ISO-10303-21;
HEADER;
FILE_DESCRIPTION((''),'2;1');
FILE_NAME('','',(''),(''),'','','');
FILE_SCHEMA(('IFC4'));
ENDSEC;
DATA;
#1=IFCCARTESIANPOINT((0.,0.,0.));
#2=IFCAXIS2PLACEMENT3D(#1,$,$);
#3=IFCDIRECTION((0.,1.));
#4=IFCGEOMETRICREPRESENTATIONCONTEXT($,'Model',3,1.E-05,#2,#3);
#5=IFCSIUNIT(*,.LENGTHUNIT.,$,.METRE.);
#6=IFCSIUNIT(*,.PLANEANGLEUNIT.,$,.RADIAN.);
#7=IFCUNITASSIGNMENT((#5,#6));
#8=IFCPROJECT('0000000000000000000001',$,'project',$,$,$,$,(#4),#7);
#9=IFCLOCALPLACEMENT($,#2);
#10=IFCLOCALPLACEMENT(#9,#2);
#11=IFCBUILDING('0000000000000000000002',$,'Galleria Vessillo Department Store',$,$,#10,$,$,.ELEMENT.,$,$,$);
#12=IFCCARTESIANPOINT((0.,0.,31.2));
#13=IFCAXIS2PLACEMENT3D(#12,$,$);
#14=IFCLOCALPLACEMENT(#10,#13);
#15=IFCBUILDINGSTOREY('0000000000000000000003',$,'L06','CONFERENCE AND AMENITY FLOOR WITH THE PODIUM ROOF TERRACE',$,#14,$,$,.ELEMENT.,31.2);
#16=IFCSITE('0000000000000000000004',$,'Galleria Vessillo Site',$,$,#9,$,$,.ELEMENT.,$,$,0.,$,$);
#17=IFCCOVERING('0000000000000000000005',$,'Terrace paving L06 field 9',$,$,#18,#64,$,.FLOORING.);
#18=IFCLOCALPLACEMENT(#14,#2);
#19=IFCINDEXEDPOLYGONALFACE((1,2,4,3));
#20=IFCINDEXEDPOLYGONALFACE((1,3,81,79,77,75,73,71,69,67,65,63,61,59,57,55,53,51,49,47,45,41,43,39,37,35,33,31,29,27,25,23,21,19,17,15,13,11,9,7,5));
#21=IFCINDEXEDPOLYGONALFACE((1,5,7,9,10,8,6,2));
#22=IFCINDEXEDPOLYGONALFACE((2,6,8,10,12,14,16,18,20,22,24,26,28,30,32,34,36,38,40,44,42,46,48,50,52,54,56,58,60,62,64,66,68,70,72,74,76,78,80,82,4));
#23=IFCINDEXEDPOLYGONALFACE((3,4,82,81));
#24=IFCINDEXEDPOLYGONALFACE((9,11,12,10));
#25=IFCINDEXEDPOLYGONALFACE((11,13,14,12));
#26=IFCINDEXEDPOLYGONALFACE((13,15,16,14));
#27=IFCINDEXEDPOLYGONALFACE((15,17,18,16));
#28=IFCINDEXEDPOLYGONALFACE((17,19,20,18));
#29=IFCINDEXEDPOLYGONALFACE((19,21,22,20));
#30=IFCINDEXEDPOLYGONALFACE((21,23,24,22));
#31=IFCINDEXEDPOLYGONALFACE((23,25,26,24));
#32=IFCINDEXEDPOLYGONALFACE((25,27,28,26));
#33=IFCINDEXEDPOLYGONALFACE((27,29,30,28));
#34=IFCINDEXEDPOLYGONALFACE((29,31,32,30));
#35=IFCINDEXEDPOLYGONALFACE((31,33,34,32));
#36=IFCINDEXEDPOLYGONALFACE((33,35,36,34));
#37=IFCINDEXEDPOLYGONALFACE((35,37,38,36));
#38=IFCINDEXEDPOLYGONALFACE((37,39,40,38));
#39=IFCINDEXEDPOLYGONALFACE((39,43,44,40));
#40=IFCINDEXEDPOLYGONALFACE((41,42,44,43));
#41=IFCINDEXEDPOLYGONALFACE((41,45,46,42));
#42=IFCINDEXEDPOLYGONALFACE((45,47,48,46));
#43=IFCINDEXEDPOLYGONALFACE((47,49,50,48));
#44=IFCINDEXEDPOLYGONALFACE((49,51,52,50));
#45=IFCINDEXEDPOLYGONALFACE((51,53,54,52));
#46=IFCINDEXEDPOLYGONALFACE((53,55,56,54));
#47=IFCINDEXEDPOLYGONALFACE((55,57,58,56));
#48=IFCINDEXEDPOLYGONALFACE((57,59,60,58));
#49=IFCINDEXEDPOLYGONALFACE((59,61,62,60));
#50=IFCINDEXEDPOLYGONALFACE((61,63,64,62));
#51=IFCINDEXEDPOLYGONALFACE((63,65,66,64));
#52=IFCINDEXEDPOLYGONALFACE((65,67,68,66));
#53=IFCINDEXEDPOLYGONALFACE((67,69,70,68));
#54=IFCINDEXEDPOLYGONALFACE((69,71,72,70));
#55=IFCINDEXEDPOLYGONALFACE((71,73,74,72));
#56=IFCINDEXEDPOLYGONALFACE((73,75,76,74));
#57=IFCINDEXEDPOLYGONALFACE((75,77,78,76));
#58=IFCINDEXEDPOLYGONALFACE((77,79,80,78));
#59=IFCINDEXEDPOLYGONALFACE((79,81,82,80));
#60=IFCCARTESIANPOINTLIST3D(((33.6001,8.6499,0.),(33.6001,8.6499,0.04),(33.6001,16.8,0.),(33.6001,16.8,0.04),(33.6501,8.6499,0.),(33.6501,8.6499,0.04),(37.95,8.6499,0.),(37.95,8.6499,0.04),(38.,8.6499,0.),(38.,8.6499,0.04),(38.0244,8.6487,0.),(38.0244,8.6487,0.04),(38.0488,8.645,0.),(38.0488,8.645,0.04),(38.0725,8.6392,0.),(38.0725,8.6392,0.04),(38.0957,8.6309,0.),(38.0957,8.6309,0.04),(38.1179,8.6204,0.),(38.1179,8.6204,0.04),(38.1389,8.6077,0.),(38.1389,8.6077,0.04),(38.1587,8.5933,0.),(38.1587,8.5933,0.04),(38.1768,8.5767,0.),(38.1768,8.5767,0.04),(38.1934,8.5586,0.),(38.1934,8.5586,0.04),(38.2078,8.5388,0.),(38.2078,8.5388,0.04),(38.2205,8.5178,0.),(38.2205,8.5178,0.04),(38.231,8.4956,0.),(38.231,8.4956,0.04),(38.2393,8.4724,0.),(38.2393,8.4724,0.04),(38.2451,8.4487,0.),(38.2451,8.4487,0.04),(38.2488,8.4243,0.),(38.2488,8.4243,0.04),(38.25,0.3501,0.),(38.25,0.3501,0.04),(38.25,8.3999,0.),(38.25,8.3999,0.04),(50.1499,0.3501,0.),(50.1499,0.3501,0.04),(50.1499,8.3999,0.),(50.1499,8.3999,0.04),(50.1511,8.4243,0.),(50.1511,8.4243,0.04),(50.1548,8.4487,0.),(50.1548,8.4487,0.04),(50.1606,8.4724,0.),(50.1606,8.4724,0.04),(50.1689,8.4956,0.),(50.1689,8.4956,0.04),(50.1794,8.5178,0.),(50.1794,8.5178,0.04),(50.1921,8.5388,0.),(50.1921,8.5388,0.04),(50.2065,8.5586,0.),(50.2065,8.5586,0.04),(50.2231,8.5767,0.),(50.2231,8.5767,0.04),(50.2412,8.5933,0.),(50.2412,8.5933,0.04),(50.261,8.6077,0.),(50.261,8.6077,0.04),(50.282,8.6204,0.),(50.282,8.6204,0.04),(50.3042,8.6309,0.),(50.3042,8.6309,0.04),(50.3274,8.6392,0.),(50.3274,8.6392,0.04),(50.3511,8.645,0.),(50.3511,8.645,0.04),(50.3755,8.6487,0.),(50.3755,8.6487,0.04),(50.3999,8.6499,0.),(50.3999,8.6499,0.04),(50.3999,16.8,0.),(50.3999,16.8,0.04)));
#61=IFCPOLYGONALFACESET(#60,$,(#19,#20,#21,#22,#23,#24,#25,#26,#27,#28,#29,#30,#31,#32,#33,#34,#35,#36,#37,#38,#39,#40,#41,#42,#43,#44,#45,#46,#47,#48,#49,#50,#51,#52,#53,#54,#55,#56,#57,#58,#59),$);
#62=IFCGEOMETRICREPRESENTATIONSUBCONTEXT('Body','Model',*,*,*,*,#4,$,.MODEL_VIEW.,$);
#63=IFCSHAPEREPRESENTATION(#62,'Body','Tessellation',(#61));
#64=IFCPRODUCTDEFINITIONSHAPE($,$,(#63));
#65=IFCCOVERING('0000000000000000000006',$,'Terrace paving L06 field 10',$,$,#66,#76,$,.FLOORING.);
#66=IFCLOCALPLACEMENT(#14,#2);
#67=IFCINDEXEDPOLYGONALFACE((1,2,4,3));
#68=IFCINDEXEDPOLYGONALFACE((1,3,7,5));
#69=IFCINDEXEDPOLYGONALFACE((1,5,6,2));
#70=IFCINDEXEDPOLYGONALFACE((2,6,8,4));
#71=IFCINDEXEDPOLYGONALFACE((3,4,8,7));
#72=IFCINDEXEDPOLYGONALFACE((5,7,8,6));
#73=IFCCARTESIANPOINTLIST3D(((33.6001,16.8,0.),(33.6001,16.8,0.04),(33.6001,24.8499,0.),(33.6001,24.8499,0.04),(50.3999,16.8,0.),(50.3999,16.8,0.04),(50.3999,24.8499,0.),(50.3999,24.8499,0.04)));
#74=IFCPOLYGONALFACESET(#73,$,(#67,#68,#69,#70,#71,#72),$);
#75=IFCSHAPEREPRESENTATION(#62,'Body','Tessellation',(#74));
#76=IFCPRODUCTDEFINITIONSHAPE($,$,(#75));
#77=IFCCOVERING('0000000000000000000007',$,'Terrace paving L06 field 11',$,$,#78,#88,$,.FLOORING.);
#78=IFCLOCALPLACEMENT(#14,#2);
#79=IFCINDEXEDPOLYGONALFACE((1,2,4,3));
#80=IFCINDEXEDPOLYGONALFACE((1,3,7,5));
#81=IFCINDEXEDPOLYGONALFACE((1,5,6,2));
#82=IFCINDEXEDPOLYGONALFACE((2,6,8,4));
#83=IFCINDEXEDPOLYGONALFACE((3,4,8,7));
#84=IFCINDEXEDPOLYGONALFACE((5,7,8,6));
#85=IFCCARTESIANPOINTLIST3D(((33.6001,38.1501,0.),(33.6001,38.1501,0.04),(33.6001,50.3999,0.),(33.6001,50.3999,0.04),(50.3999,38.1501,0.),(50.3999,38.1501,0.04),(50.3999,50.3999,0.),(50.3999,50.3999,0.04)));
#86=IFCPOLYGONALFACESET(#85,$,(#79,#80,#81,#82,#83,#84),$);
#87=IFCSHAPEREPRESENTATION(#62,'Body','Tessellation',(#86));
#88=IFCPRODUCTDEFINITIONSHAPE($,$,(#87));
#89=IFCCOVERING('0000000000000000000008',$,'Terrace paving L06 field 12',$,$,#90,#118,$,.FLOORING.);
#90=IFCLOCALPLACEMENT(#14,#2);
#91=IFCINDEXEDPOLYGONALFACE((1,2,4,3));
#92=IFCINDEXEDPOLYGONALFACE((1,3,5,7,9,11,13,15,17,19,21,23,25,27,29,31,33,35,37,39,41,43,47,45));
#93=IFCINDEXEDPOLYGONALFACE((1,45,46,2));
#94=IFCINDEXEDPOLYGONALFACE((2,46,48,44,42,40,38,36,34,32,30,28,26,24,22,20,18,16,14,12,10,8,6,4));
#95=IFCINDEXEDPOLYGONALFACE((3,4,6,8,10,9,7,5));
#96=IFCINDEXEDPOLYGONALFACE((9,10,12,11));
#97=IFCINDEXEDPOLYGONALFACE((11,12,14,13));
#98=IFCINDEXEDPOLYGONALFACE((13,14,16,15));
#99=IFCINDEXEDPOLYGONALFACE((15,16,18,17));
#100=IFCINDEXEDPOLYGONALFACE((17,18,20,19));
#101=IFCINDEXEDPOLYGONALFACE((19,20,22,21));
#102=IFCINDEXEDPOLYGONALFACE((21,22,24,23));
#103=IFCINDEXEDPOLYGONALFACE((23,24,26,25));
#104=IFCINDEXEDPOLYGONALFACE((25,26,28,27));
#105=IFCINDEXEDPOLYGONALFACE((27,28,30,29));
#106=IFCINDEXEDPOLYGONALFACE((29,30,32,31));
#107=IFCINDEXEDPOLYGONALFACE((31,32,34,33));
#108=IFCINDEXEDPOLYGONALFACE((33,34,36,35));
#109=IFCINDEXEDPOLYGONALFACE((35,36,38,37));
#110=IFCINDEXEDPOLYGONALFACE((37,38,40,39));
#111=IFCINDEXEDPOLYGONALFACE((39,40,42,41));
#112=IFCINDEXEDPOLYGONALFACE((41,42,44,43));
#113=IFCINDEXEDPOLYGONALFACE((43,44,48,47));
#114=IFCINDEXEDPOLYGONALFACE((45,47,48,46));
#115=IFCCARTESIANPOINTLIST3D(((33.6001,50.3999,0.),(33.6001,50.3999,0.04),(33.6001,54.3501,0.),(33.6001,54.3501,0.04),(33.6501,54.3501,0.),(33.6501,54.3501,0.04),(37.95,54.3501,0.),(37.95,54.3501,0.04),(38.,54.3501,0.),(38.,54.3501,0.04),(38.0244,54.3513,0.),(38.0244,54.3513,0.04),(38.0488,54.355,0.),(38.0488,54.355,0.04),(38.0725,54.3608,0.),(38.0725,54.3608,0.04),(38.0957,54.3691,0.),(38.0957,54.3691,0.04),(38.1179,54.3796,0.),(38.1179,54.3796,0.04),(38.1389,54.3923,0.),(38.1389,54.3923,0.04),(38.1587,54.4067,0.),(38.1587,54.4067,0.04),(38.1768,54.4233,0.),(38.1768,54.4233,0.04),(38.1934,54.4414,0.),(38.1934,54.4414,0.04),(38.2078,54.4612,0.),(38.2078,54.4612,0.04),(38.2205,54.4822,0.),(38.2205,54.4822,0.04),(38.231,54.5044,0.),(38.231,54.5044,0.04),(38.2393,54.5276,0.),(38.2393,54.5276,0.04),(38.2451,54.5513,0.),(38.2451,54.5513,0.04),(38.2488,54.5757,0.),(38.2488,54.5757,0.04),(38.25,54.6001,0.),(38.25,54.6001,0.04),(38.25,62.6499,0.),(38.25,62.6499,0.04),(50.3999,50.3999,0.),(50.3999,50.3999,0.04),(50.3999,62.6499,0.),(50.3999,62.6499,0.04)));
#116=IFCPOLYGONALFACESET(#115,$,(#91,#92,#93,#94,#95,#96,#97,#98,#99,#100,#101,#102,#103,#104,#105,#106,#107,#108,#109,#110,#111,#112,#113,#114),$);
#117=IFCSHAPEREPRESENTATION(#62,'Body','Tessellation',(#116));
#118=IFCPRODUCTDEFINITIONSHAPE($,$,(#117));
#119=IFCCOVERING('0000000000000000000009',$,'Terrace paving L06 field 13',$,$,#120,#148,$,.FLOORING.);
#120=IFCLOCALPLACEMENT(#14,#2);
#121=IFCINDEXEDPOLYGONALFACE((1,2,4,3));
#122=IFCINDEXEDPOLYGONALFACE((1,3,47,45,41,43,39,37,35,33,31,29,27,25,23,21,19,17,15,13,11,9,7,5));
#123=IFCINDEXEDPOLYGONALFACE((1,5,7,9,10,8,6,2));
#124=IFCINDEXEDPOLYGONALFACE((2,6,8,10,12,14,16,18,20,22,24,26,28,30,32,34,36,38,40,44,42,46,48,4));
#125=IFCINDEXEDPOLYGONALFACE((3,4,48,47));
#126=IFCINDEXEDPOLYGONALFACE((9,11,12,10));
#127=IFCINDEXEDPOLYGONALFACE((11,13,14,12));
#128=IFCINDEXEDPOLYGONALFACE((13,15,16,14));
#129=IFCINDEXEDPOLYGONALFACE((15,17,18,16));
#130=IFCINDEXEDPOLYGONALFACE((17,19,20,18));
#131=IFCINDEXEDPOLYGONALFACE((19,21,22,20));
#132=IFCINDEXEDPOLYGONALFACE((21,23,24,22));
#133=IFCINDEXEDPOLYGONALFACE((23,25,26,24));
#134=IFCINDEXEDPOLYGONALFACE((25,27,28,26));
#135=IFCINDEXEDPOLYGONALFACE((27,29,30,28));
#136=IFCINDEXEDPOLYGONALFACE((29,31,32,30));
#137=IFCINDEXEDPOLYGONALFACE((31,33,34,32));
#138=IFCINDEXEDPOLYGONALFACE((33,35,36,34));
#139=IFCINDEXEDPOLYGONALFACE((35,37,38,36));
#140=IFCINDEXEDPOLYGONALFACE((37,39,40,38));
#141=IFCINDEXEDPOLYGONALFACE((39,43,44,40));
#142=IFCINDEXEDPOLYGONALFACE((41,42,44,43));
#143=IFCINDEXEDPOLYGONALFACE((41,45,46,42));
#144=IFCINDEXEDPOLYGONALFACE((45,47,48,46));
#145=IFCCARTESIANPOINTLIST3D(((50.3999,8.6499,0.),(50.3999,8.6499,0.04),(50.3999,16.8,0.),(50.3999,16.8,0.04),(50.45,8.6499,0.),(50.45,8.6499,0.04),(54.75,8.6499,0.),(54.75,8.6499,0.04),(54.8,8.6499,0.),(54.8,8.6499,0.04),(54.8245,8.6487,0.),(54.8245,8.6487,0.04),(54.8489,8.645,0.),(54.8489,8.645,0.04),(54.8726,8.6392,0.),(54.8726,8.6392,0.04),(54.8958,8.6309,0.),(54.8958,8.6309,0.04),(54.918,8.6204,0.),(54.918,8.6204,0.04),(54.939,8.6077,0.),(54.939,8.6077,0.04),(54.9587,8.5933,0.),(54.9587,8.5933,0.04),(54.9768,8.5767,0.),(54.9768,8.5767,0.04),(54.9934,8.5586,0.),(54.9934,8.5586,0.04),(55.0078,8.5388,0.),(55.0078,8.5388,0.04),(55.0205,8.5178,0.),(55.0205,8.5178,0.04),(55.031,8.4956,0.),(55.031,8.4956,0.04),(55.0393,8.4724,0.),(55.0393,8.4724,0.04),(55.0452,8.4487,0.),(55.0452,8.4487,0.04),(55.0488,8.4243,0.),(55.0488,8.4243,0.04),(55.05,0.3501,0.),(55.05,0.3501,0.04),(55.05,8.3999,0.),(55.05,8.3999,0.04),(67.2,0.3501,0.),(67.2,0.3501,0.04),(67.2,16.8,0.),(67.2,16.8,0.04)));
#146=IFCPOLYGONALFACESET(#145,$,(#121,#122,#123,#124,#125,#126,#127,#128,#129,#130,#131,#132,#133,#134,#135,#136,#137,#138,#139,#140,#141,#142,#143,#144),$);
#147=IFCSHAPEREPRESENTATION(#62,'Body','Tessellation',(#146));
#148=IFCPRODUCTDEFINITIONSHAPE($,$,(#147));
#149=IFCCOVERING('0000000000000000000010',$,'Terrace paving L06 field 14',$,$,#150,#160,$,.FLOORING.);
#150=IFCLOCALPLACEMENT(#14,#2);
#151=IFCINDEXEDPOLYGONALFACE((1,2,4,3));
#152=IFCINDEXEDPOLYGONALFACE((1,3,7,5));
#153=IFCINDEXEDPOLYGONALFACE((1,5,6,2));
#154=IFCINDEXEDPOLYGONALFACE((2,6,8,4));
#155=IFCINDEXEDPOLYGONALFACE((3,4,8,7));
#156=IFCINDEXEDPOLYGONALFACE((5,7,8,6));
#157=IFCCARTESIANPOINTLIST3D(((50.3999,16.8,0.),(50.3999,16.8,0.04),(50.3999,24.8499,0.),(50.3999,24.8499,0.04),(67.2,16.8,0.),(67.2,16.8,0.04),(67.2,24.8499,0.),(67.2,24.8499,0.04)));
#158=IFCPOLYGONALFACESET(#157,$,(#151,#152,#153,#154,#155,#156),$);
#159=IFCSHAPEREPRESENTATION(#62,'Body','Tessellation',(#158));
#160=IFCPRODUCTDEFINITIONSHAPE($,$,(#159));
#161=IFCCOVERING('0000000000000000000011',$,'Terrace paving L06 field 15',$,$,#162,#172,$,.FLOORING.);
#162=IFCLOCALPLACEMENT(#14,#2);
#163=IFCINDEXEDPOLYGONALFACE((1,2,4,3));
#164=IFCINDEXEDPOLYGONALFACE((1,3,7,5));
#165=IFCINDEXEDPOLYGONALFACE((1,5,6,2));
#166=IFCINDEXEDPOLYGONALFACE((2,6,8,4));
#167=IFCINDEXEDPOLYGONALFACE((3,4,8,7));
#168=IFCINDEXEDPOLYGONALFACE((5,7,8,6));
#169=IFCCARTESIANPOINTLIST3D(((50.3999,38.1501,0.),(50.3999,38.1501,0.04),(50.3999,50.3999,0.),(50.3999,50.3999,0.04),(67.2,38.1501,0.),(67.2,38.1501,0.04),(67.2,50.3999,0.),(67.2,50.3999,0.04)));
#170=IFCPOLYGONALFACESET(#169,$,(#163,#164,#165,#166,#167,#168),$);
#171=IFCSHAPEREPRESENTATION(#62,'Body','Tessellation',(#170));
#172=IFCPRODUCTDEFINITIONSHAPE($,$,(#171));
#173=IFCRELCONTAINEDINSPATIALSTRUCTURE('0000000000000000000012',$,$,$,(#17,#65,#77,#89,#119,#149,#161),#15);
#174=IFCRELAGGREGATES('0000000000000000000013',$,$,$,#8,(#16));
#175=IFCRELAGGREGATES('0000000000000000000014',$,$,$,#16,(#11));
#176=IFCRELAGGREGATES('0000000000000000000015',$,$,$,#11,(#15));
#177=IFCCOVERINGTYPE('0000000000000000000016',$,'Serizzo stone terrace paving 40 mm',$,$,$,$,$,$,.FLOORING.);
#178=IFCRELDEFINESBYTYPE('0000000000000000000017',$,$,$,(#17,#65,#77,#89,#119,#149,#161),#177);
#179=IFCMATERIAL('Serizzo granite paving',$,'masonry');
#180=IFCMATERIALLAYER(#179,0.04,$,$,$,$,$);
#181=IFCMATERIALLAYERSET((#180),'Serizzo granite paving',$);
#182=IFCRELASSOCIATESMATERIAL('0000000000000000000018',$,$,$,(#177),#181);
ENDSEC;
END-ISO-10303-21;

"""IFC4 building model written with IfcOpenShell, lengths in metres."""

from ifc_helpers import new_model, si_unit, direction, frame, origin, place, context, subcontext, project, spatial, polyline, outline, extrude, material, layer, layer_set, type_object, element, save


model = new_model("IFC4")

# Units and contexts
model_context = context("Model", 3, precision=1e-05, world=origin(), true_north=direction((0.0, 1.0)))
body_context = subcontext(model_context, "Body", "Model", "MODEL_VIEW")
ifc_project = project(units=[si_unit("LENGTHUNIT", "METRE"), si_unit("PLANEANGLEUNIT", "RADIAN")], contexts=[model_context])

# Site, building, storey
site_placement = place(None, origin())
site = spatial("IfcSite", under=ifc_project, at=site_placement, Name="Galleria Vessillo Site", CompositionType="ELEMENT", RefElevation=0.0)
building_placement = place(site_placement, origin())
building = spatial("IfcBuilding", under=site, at=building_placement, Name="Galleria Vessillo Department Store", CompositionType="ELEMENT")
storey_placement = place(building_placement, frame((0.0, 0.0, 31.2)))
storey = spatial("IfcBuildingStorey", under=building, at=storey_placement, Name="L06", Description="CONFERENCE AND AMENITY FLOOR WITH THE PODIUM ROOF TERRACE", CompositionType="ELEMENT", Elevation=31.2)

# Coverings
ifc_material_1 = material(Name="Serizzo granite paving", Category="masonry")
ifc_layer_1 = layer(ifc_material_1, 0.04)
ifc_layer_set_1 = layer_set([ifc_layer_1], Name="Serizzo granite paving")
covering_type = type_object("IfcCoveringType", Name="Serizzo stone terrace paving 40 mm", PredefinedType="FLOORING", material=ifc_layer_set_1)
covering_1_placement = place(storey_placement, origin())
element("IfcCovering", 1, at=covering_1_placement, inside=storey, type_object=covering_type, Name="Terrace paving L06 field 9", PredefinedType="FLOORING", context=body_context, shape_type="SweptSolid", body=[
    extrude(outline(polyline([(50.3999, 8.6499), (50.3755, 8.6487), (50.3511, 8.645), (50.3274, 8.6392), (50.3042, 8.6309), (50.282, 8.6204), (50.261, 8.6077), (50.2412, 8.5933), (50.2231, 8.5767), (50.2065, 8.5586), (50.1921, 8.5388), (50.1794, 8.5178), (50.1689, 8.4956), (50.1606, 8.4724), (50.1548, 8.4487), (50.1511, 8.4243), (50.1499, 8.3999), (50.1499, 0.3501), (38.25, 0.3501), (38.25, 8.3999), (38.2488, 8.4243), (38.2451, 8.4487), (38.2393, 8.4724), (38.231, 8.4956), (38.2205, 8.5178), (38.2078, 8.5388), (38.1934, 8.5586), (38.1768, 8.5767), (38.1587, 8.5933), (38.1389, 8.6077), (38.1179, 8.6204), (38.0957, 8.6309), (38.0725, 8.6392), (38.0488, 8.645), (38.0244, 8.6487), (38.0, 8.6499), (37.95, 8.6499), (37.95, 8.6499), (33.6501, 8.6499), (33.6501, 8.6499), (33.6001, 8.6499), (33.6001, 8.6499), (33.6001, 16.8), (50.3999, 16.8), (50.3999, 8.6499), (50.3999, 8.6499)])), origin(), (0.0, 0.0, 1.0), 0.04),
])
covering_2_placement = place(storey_placement, origin())
element("IfcCovering", 2, at=covering_2_placement, inside=storey, type_object=covering_type, Name="Terrace paving L06 field 10", PredefinedType="FLOORING", context=body_context, shape_type="SweptSolid", body=[
    extrude(outline(polyline([(50.3999, 24.8499), (50.3999, 16.8), (33.6001, 16.8), (33.6001, 24.8499), (50.3999, 24.8499)])), origin(), (0.0, 0.0, 1.0), 0.04),
])
covering_3_placement = place(storey_placement, origin())
element("IfcCovering", 3, at=covering_3_placement, inside=storey, type_object=covering_type, Name="Terrace paving L06 field 11", PredefinedType="FLOORING", context=body_context, shape_type="SweptSolid", body=[
    extrude(outline(polyline([(33.6001, 38.1501), (33.6001, 50.3999), (50.3999, 50.3999), (50.3999, 38.1501), (33.6001, 38.1501)])), origin(), (0.0, 0.0, 1.0), 0.04),
])
covering_4_placement = place(storey_placement, origin())
element("IfcCovering", 4, at=covering_4_placement, inside=storey, type_object=covering_type, Name="Terrace paving L06 field 12", PredefinedType="FLOORING", context=body_context, shape_type="SweptSolid", body=[
    extrude(outline(polyline([(33.6001, 54.3501), (33.6501, 54.3501), (33.6501, 54.3501), (37.95, 54.3501), (37.95, 54.3501), (38.0, 54.3501), (38.0244, 54.3513), (38.0488, 54.355), (38.0725, 54.3608), (38.0957, 54.3691), (38.1179, 54.3796), (38.1389, 54.3923), (38.1587, 54.4067), (38.1768, 54.4233), (38.1934, 54.4414), (38.2078, 54.4612), (38.2205, 54.4822), (38.231, 54.5044), (38.2393, 54.5276), (38.2451, 54.5513), (38.2488, 54.5757), (38.25, 54.6001), (38.25, 62.6499), (50.3999, 62.6499), (50.3999, 50.3999), (33.6001, 50.3999), (33.6001, 54.3501), (33.6001, 54.3501)])), origin(), (0.0, 0.0, 1.0), 0.04),
])
covering_5_placement = place(storey_placement, origin())
element("IfcCovering", 5, at=covering_5_placement, inside=storey, type_object=covering_type, Name="Terrace paving L06 field 13", PredefinedType="FLOORING", context=body_context, shape_type="SweptSolid", body=[
    extrude(outline(polyline([(55.05, 0.3501), (55.05, 8.3999), (55.0488, 8.4243), (55.0452, 8.4487), (55.0393, 8.4724), (55.031, 8.4956), (55.0205, 8.5178), (55.0078, 8.5388), (54.9934, 8.5586), (54.9768, 8.5767), (54.9587, 8.5933), (54.939, 8.6077), (54.918, 8.6204), (54.8958, 8.6309), (54.8726, 8.6392), (54.8489, 8.645), (54.8245, 8.6487), (54.8, 8.6499), (54.75, 8.6499), (54.75, 8.6499), (50.45, 8.6499), (50.45, 8.6499), (50.3999, 8.6499), (50.3999, 16.8), (67.2, 16.8), (67.2, 0.3501), (55.05, 0.3501)])), origin(), (0.0, 0.0, 1.0), 0.04),
])
covering_6_placement = place(storey_placement, origin())
element("IfcCovering", 6, at=covering_6_placement, inside=storey, type_object=covering_type, Name="Terrace paving L06 field 14", PredefinedType="FLOORING", context=body_context, shape_type="SweptSolid", body=[
    extrude(outline(polyline([(67.2, 24.8499), (67.2, 16.8), (50.3999, 16.8), (50.3999, 24.8499), (67.2, 24.8499)])), origin(), (0.0, 0.0, 1.0), 0.04),
])
covering_7_placement = place(storey_placement, origin())
element("IfcCovering", 7, at=covering_7_placement, inside=storey, type_object=covering_type, Name="Terrace paving L06 field 15", PredefinedType="FLOORING", context=body_context, shape_type="SweptSolid", body=[
    extrude(outline(polyline([(50.3999, 38.1501), (50.3999, 50.3999), (67.2, 50.3999), (67.2, 38.1501), (50.3999, 38.1501)])), origin(), (0.0, 0.0, 1.0), 0.04),
])

save(model, "model.ifc")
